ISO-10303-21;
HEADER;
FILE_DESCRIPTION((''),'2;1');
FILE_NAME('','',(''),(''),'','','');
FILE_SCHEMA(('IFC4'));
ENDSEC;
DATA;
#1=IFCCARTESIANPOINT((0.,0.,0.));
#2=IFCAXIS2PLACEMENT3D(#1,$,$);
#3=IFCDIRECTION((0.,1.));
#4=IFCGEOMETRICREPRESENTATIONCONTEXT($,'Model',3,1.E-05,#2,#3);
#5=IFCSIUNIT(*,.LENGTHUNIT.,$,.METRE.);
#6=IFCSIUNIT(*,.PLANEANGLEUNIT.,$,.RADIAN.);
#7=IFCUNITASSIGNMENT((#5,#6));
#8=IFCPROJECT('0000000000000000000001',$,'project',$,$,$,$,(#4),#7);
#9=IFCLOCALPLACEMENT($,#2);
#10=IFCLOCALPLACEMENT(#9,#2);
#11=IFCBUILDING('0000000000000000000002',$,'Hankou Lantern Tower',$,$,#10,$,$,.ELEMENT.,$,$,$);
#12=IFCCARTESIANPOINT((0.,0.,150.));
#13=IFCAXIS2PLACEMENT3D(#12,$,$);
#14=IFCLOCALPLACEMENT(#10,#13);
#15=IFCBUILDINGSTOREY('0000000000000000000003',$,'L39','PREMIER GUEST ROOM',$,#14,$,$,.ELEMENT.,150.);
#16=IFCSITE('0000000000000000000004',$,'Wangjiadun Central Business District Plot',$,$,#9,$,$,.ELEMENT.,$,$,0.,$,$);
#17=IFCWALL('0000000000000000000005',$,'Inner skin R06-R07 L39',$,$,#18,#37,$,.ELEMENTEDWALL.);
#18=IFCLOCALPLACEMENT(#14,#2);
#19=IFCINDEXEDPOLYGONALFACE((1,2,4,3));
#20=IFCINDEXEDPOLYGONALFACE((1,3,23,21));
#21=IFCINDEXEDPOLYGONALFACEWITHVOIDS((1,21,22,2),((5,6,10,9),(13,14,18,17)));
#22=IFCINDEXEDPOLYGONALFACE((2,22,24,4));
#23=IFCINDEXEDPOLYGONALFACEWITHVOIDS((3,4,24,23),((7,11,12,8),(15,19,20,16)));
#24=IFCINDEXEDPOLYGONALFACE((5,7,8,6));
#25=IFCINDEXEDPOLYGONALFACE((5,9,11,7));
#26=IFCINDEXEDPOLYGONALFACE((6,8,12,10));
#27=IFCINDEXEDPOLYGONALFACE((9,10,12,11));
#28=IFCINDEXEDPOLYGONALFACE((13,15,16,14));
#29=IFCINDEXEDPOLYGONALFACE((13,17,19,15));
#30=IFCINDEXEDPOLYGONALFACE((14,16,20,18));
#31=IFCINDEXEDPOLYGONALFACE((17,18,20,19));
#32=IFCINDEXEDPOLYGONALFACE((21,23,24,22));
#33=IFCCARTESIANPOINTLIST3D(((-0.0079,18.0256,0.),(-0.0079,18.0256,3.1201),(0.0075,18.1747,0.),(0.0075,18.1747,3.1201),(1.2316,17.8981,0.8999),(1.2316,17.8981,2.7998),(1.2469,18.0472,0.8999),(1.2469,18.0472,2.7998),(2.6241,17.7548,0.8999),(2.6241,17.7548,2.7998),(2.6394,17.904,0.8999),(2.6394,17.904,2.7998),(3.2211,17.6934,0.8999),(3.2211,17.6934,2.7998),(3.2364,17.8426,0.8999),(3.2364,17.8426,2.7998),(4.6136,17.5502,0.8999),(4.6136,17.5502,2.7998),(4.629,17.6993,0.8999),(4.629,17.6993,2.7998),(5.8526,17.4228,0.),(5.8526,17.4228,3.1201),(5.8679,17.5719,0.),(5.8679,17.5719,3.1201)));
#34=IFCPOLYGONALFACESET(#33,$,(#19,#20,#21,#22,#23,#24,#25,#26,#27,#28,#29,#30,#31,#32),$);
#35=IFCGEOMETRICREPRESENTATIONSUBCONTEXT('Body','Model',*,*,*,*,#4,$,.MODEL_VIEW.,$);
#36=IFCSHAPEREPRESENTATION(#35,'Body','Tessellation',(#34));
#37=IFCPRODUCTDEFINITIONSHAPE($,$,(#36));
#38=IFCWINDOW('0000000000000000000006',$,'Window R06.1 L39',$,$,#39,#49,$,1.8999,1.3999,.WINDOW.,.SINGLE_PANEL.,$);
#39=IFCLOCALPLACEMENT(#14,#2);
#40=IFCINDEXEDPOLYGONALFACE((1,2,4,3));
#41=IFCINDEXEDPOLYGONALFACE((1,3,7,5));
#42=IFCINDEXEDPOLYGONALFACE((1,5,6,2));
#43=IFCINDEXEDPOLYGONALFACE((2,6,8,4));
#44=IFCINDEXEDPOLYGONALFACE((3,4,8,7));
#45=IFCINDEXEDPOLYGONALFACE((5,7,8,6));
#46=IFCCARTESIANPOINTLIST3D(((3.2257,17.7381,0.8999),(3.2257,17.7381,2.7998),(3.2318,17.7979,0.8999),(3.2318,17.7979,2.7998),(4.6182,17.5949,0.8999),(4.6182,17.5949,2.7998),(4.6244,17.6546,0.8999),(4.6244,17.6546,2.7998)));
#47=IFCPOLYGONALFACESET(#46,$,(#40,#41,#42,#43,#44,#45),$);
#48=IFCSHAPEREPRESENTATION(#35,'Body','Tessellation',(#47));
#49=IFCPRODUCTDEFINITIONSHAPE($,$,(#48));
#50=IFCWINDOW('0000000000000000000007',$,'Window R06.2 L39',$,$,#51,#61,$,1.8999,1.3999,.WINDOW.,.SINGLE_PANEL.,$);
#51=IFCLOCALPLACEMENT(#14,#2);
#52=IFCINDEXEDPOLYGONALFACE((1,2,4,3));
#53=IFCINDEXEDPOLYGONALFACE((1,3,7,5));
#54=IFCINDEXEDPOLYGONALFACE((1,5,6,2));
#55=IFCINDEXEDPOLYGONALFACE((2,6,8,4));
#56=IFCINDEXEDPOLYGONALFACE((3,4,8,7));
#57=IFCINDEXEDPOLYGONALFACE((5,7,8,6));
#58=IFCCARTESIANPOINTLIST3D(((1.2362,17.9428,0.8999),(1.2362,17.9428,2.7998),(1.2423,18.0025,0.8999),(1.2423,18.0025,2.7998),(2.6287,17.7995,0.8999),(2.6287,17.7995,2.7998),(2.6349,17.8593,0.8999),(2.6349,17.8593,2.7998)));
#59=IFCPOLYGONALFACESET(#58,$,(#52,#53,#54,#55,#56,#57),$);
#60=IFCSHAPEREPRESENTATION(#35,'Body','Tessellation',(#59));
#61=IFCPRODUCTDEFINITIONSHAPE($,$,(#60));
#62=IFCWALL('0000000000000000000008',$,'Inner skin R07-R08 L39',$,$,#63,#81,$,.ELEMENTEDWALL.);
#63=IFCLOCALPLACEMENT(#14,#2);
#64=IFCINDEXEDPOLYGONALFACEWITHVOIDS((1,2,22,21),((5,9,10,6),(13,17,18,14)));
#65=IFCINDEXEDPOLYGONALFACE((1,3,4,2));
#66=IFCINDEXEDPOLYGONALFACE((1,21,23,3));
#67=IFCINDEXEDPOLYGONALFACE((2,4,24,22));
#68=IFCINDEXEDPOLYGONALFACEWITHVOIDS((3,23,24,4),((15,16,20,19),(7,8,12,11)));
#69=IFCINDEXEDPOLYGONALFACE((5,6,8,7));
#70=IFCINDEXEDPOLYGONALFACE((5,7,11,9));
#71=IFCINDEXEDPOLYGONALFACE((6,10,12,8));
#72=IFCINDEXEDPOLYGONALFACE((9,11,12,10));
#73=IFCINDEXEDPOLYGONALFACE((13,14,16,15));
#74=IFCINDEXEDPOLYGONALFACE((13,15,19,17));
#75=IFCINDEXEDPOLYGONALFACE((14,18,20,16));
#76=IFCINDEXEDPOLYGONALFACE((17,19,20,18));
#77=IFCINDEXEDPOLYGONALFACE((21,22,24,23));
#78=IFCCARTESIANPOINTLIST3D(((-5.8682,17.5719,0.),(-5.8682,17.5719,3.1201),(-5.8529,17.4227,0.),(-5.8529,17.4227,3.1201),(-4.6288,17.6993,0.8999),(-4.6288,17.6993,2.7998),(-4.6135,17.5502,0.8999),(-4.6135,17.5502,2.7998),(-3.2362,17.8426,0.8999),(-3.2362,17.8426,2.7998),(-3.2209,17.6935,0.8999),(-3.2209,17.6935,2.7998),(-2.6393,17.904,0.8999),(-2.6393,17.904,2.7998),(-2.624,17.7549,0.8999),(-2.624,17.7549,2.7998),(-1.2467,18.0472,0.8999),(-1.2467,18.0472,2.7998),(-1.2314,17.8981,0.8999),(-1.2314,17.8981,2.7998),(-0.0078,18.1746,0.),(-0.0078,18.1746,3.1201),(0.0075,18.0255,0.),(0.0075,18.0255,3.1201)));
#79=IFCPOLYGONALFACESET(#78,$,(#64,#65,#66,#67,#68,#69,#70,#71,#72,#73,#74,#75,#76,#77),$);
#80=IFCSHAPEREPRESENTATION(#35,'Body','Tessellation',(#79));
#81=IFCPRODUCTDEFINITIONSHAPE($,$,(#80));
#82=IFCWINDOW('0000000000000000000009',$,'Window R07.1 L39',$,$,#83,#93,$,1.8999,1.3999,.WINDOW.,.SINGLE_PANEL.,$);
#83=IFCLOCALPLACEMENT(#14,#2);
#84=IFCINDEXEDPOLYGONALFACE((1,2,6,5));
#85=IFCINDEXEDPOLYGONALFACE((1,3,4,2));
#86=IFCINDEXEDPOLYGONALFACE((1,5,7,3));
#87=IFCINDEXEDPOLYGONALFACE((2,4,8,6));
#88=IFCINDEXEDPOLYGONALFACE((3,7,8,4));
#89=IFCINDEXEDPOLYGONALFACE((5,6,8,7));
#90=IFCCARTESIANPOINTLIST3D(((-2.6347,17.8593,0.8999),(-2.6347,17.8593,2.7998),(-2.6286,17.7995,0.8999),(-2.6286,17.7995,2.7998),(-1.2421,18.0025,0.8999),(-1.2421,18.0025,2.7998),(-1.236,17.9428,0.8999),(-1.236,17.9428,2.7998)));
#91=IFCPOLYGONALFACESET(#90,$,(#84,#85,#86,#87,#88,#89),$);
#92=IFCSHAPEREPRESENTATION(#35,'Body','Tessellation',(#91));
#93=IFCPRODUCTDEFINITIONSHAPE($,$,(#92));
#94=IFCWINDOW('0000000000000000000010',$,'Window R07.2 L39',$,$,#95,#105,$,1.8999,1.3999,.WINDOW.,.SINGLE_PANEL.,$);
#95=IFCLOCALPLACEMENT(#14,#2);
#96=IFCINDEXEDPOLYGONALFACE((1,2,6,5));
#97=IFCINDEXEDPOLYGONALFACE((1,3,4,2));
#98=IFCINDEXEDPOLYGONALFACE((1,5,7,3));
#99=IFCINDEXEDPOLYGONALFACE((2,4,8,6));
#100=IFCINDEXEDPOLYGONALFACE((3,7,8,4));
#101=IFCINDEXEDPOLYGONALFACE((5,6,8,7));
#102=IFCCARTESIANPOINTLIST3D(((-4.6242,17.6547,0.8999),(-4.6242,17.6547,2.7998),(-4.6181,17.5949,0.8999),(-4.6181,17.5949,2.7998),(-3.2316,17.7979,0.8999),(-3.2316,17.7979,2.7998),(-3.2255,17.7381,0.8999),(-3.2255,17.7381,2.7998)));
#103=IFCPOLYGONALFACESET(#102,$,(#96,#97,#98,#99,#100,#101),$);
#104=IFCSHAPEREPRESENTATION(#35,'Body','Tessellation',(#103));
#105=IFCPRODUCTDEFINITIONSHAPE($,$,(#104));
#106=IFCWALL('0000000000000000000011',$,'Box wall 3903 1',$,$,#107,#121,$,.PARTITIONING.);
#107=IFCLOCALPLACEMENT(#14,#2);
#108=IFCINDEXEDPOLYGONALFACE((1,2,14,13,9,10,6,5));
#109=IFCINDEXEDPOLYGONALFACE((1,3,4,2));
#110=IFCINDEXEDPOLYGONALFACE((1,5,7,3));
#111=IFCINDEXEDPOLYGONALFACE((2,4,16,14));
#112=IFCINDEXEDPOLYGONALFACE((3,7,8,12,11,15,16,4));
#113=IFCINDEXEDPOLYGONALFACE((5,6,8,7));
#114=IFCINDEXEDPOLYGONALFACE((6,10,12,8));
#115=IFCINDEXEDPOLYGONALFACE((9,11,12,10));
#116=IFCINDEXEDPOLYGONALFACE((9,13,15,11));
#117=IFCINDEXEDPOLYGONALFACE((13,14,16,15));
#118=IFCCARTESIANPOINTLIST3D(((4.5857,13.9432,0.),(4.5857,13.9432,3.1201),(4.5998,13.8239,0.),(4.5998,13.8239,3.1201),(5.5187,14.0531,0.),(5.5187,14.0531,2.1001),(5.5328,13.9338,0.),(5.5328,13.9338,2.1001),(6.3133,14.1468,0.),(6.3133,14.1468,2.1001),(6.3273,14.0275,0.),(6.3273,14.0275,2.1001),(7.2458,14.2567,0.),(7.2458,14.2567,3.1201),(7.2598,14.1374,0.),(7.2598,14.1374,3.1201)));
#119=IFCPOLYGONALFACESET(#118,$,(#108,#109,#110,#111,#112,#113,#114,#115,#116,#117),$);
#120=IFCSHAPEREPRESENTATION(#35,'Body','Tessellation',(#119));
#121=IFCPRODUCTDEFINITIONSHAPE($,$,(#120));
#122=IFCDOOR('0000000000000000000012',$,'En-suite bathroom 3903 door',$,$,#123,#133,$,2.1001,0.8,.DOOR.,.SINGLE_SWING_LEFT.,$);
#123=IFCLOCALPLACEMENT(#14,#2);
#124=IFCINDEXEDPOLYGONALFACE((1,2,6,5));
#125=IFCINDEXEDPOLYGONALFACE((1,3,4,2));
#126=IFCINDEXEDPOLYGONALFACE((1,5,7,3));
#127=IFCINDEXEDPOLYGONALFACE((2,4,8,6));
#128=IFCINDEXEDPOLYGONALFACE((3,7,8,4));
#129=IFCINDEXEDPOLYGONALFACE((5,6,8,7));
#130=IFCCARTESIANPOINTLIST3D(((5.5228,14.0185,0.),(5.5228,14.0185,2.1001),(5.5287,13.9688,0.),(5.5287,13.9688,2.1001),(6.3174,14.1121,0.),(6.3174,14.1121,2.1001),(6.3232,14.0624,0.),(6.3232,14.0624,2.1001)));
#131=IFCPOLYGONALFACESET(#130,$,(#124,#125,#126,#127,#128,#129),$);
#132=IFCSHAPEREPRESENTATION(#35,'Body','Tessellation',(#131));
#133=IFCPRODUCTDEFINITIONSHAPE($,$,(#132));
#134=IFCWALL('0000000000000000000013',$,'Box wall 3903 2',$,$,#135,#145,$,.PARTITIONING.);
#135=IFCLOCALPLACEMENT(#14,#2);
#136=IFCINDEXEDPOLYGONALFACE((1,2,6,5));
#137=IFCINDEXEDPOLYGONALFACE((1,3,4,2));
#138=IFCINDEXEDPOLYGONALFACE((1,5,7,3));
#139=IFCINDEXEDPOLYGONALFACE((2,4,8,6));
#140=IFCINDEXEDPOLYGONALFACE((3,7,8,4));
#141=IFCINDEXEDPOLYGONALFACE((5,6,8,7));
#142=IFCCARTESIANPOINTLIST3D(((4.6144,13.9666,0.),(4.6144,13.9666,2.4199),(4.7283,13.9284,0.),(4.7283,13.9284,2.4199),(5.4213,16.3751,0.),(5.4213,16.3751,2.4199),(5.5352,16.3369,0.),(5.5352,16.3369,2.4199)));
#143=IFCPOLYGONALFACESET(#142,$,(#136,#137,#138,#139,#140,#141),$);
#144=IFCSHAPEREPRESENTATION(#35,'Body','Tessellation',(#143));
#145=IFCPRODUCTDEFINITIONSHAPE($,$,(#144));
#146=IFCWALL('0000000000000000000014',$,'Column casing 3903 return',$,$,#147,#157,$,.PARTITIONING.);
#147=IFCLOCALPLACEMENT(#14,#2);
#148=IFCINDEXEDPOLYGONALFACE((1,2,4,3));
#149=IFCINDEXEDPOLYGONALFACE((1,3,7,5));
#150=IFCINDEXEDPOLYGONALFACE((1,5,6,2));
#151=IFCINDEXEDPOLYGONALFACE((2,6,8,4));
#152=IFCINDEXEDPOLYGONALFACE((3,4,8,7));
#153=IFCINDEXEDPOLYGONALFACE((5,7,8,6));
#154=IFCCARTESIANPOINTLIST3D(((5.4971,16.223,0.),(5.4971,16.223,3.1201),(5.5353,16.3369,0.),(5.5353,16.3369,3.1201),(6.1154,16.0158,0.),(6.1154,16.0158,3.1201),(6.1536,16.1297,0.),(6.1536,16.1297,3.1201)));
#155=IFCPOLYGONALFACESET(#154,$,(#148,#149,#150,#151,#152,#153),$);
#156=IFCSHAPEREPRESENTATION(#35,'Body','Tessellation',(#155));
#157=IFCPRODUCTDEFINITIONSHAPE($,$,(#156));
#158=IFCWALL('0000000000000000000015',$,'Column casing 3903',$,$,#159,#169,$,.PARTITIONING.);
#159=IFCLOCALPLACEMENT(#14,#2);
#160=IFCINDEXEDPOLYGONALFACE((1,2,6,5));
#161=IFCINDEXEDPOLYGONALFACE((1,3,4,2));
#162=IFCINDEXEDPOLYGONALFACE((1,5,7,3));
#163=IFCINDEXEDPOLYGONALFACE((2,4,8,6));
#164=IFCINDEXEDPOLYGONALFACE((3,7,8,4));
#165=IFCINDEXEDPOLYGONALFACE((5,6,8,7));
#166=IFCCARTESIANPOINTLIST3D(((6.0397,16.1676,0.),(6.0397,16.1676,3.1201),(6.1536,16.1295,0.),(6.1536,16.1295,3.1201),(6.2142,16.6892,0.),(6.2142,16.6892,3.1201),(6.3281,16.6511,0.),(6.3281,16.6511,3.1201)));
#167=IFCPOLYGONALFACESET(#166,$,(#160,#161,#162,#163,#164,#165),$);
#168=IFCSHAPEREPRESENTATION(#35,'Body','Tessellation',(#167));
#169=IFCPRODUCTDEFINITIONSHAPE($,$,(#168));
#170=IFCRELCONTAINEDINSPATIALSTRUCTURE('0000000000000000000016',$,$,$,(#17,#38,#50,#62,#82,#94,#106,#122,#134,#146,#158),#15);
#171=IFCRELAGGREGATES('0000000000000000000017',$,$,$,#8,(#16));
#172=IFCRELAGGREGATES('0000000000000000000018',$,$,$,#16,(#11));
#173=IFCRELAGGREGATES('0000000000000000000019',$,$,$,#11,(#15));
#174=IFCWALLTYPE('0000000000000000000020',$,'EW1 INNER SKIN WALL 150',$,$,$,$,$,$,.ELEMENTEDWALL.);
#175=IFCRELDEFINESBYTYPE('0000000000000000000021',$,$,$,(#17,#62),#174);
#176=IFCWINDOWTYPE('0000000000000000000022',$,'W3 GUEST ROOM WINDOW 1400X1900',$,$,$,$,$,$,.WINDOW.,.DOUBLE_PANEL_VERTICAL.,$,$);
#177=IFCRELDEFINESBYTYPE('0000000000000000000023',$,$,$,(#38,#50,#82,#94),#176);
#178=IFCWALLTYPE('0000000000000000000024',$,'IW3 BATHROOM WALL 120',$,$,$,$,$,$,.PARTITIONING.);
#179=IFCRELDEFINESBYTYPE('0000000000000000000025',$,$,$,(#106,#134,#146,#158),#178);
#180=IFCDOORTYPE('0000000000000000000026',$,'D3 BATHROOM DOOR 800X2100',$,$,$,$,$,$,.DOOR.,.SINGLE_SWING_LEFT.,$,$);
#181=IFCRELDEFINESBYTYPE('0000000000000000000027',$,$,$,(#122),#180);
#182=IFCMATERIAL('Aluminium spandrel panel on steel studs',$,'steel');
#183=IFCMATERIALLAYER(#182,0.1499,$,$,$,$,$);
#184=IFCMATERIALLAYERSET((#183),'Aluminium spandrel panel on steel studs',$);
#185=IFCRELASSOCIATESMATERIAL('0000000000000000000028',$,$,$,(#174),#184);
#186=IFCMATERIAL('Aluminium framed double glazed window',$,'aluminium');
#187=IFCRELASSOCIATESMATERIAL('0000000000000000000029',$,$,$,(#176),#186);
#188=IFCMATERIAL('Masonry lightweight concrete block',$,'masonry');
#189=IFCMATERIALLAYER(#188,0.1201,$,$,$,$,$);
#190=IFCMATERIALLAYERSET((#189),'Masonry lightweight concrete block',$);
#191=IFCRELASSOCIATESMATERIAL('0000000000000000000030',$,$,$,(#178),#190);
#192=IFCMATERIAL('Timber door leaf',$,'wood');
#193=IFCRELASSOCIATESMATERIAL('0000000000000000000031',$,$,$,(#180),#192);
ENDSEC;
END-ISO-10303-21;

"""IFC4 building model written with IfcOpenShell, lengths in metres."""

from ifc_helpers import new_model, si_unit, direction, frame, frame_2d, origin, place, context, subcontext, project, spatial, rectangle, extrude, material, layer, layer_set, type_object, element, fill, save


model = new_model("IFC4")

# Units and contexts
model_context = context("Model", 3, precision=1e-05, world=origin(), true_north=direction((0.0, 1.0)))
body_context = subcontext(model_context, "Body", "Model", "MODEL_VIEW")
ifc_project = project(units=[si_unit("LENGTHUNIT", "METRE"), si_unit("PLANEANGLEUNIT", "RADIAN")], contexts=[model_context])

# Site, building, storey
site_placement = place(None, origin())
site = spatial("IfcSite", under=ifc_project, at=site_placement, Name="Wangjiadun Central Business District Plot", CompositionType="ELEMENT", RefElevation=0.0)
building_placement = place(site_placement, origin())
building = spatial("IfcBuilding", under=site, at=building_placement, Name="Hankou Lantern Tower", CompositionType="ELEMENT")
storey_placement = place(building_placement, frame((0.0, 0.0, 150.0)))
storey = spatial("IfcBuildingStorey", under=building, at=storey_placement, Name="L39", Description="PREMIER GUEST ROOM", CompositionType="ELEMENT", Elevation=150.0)

# Walls, openings, windows
ifc_material_1 = material(Name="Aluminium spandrel panel on steel studs", Category="steel")
ifc_layer_1 = layer(ifc_material_1, 0.1499)
ifc_layer_set_1 = layer_set([ifc_layer_1], Name="Aluminium spandrel panel on steel studs")
wall_type_1 = type_object("IfcWallType", Name="EW1 INNER SKIN WALL 150", PredefinedType="ELEMENTEDWALL", material=ifc_layer_set_1)
ifc_material_2 = material(Name="Aluminium framed double glazed window", Category="aluminium")
window_type = type_object("IfcWindowType", Name="W3 GUEST ROOM WINDOW 1400X1900", PartitioningType="DOUBLE_PANEL_VERTICAL", PredefinedType="WINDOW", material=ifc_material_2)
wall_1_placement = place(storey_placement, frame((5.8604, 17.4973, 0.0), z_axis=(0.0, 0.0, 1.0), x_axis=(-0.994752, 0.102318, 0.0)))
wall_1 = element("IfcWall", 1, at=wall_1_placement, inside=storey, type_object=wall_type_1, Name="Inner skin R06-R07 L39", PredefinedType="ELEMENTEDWALL", context=body_context, shape_type="SweptSolid", body=[
    extrude(rectangle(XDim=5.8914, YDim=0.1499, at=frame_2d((2.9458, 0.0))), origin(), (0.0, 0.0, 1.0), 3.1201),
])
opening_1_placement = place(wall_1_placement, frame((1.2456, 0.0, 0.8999)))
opening_1 = element("IfcOpeningElement", 2, at=opening_1_placement, cuts=wall_1, PredefinedType="OPENING", context=body_context, shape_type="SweptSolid", body=[
    extrude(rectangle(XDim=1.3999, YDim=1.8999, at=frame_2d((0.7, 0.95))), frame((0.0, 0.085, 0.0), z_axis=(0.0, -1.0, 0.0), x_axis=(1.0, 0.0, 0.0)), (0.0, 0.0, 1.0), 0.1699),
])
opening_2_placement = place(wall_1_placement, frame((3.2456, 0.0, 0.8999)))
opening_2 = element("IfcOpeningElement", 3, at=opening_2_placement, cuts=wall_1, PredefinedType="OPENING", context=body_context, shape_type="SweptSolid", body=[
    extrude(rectangle(XDim=1.3999, YDim=1.8999, at=frame_2d((0.7, 0.95))), frame((0.0, 0.085, 0.0), z_axis=(0.0, -1.0, 0.0), x_axis=(1.0, 0.0, 0.0)), (0.0, 0.0, 1.0), 0.1699),
])
window_1_placement = place(opening_1_placement, origin())
window_1 = element("IfcWindow", 4, at=window_1_placement, inside=storey, type_object=window_type, Name="Window R06.1 L39", OverallHeight=1.8999, OverallWidth=1.3999, PartitioningType="SINGLE_PANEL", PredefinedType="WINDOW", context=body_context, shape_type="SweptSolid", body=[
    extrude(rectangle(XDim=1.3999, YDim=1.8999, at=frame_2d((0.7, 0.95))), frame((0.0, 0.03, 0.0), z_axis=(0.0, -1.0, 0.0), x_axis=(1.0, 0.0, 0.0)), (0.0, 0.0, 1.0), 0.0601),
])
fill(opening_1, window_1)
window_2_placement = place(opening_2_placement, origin())
window_2 = element("IfcWindow", 5, at=window_2_placement, inside=storey, type_object=window_type, Name="Window R06.2 L39", OverallHeight=1.8999, OverallWidth=1.3999, PartitioningType="SINGLE_PANEL", PredefinedType="WINDOW", context=body_context, shape_type="SweptSolid", body=[
    extrude(rectangle(XDim=1.3999, YDim=1.8999, at=frame_2d((0.7, 0.95))), frame((0.0, 0.03, 0.0), z_axis=(0.0, -1.0, 0.0), x_axis=(1.0, 0.0, 0.0)), (0.0, 0.0, 1.0), 0.0601),
])
fill(opening_2, window_2)
wall_2_placement = place(storey_placement, frame((0.0, 18.1001, 0.0), z_axis=(0.0, 0.0, 1.0), x_axis=(-0.994752, -0.102318, 0.0)))
wall_2 = element("IfcWall", 6, at=wall_2_placement, inside=storey, type_object=wall_type_1, Name="Inner skin R07-R08 L39", PredefinedType="ELEMENTEDWALL", context=body_context, shape_type="SweptSolid", body=[
    extrude(rectangle(XDim=5.8914, YDim=0.1499, at=frame_2d((2.9458, 0.0))), origin(), (0.0, 0.0, 1.0), 3.1201),
])
opening_3_placement = place(wall_2_placement, frame((1.2456, 0.0, 0.8999)))
opening_3 = element("IfcOpeningElement", 7, at=opening_3_placement, cuts=wall_2, PredefinedType="OPENING", context=body_context, shape_type="SweptSolid", body=[
    extrude(rectangle(XDim=1.3999, YDim=1.8999, at=frame_2d((0.7, 0.95))), frame((0.0, 0.085, 0.0), z_axis=(0.0, -1.0, 0.0), x_axis=(1.0, 0.0, 0.0)), (0.0, 0.0, 1.0), 0.1699),
])
opening_4_placement = place(wall_2_placement, frame((3.2456, 0.0, 0.8999)))
opening_4 = element("IfcOpeningElement", 8, at=opening_4_placement, cuts=wall_2, PredefinedType="OPENING", context=body_context, shape_type="SweptSolid", body=[
    extrude(rectangle(XDim=1.3999, YDim=1.8999, at=frame_2d((0.7, 0.95))), frame((0.0, 0.085, 0.0), z_axis=(0.0, -1.0, 0.0), x_axis=(1.0, 0.0, 0.0)), (0.0, 0.0, 1.0), 0.1699),
])
window_3_placement = place(opening_3_placement, origin())
window_3 = element("IfcWindow", 9, at=window_3_placement, inside=storey, type_object=window_type, Name="Window R07.1 L39", OverallHeight=1.8999, OverallWidth=1.3999, PartitioningType="SINGLE_PANEL", PredefinedType="WINDOW", context=body_context, shape_type="SweptSolid", body=[
    extrude(rectangle(XDim=1.3999, YDim=1.8999, at=frame_2d((0.7, 0.95))), frame((0.0, 0.03, 0.0), z_axis=(0.0, -1.0, 0.0), x_axis=(1.0, 0.0, 0.0)), (0.0, 0.0, 1.0), 0.0601),
])
fill(opening_3, window_3)
window_4_placement = place(opening_4_placement, origin())
window_4 = element("IfcWindow", 10, at=window_4_placement, inside=storey, type_object=window_type, Name="Window R07.2 L39", OverallHeight=1.8999, OverallWidth=1.3999, PartitioningType="SINGLE_PANEL", PredefinedType="WINDOW", context=body_context, shape_type="SweptSolid", body=[
    extrude(rectangle(XDim=1.3999, YDim=1.8999, at=frame_2d((0.7, 0.95))), frame((0.0, 0.03, 0.0), z_axis=(0.0, -1.0, 0.0), x_axis=(1.0, 0.0, 0.0)), (0.0, 0.0, 1.0), 0.0601),
])
fill(opening_4, window_4)

# Wall, opening, door
ifc_material_3 = material(Name="Masonry lightweight concrete block", Category="masonry")
ifc_layer_2 = layer(ifc_material_3, 0.1201)
ifc_layer_set_2 = layer_set([ifc_layer_2], Name="Masonry lightweight concrete block")
wall_type_2 = type_object("IfcWallType", Name="IW3 BATHROOM WALL 120", PredefinedType="PARTITIONING", material=ifc_layer_set_2)
wall_3_placement = place(storey_placement, frame((7.2529, 14.197, 0.0), z_axis=(0.0, 0.0, 1.0), x_axis=(-0.993128, -0.117032, 0.0)))
wall_3 = element("IfcWall", 11, at=wall_3_placement, inside=storey, type_object=wall_type_2, Name="Box wall 3903 1", PredefinedType="PARTITIONING", context=body_context, shape_type="SweptSolid", body=[
    extrude(rectangle(XDim=2.6785, YDim=0.1201, at=frame_2d((1.3394, 0.0))), origin(), (0.0, 0.0, 1.0), 3.1201),
])
opening_5_placement = place(wall_3_placement, frame((0.9392, 0.0, 0.0)))
opening_5 = element("IfcOpeningElement", 12, at=opening_5_placement, cuts=wall_3, PredefinedType="OPENING", context=body_context, shape_type="SweptSolid", body=[
    extrude(rectangle(XDim=0.8, YDim=2.1001, at=frame_2d((0.3999, 1.05))), frame((0.0, 0.0701, 0.0), z_axis=(0.0, -1.0, 0.0), x_axis=(1.0, 0.0, 0.0)), (0.0, 0.0, 1.0), 0.1401),
])
ifc_material_4 = material(Name="Timber door leaf", Category="wood")
door_type = type_object("IfcDoorType", Name="D3 BATHROOM DOOR 800X2100", OperationType="SINGLE_SWING_LEFT", PredefinedType="DOOR", material=ifc_material_4)
door_placement = place(opening_5_placement, origin())
door = element("IfcDoor", 13, at=door_placement, inside=storey, type_object=door_type, Name="En-suite bathroom 3903 door", OperationType="SINGLE_SWING_LEFT", OverallHeight=2.1001, OverallWidth=0.8, PredefinedType="DOOR", context=body_context, shape_type="SweptSolid", body=[
    extrude(rectangle(XDim=0.8, YDim=2.1001, at=frame_2d((0.3999, 1.05))), frame((0.0, 0.0249, 0.0), z_axis=(0.0, -1.0, 0.0), x_axis=(1.0, 0.0, 0.0)), (0.0, 0.0, 1.0), 0.05),
])
fill(opening_5, door)

# Walls
wall_4_placement = place(storey_placement, frame((4.6714, 13.9475, 0.0), z_axis=(0.0, 0.0, 1.0), x_axis=(0.317669, 0.948202, 0.0)))
element("IfcWall", 14, at=wall_4_placement, inside=storey, type_object=wall_type_2, Name="Box wall 3903 2", PredefinedType="PARTITIONING", context=body_context, shape_type="SweptSolid", body=[
    extrude(rectangle(XDim=2.54, YDim=0.1201, at=frame_2d((1.27, 0.0))), origin(), (0.0, 0.0, 1.0), 2.4199),
])
wall_5_placement = place(storey_placement, frame((5.5161, 16.28, 0.0), z_axis=(0.0, 0.0, 1.0), x_axis=(0.948158, -0.317799, 0.0)))
element("IfcWall", 15, at=wall_5_placement, inside=storey, type_object=wall_type_2, Name="Column casing 3903 return", PredefinedType="PARTITIONING", context=body_context, shape_type="SweptSolid", body=[
    extrude(rectangle(XDim=0.6521, YDim=0.1201, at=frame_2d((0.3262, 0.0))), origin(), (0.0, 0.0, 1.0), 3.1201),
])
wall_6_placement = place(storey_placement, frame((6.0967, 16.1487, 0.0), z_axis=(0.0, 0.0, 1.0), x_axis=(0.317293, 0.948328, 0.0)))
element("IfcWall", 16, at=wall_6_placement, inside=storey, type_object=wall_type_2, Name="Column casing 3903", PredefinedType="PARTITIONING", context=body_context, shape_type="SweptSolid", body=[
    extrude(rectangle(XDim=0.55, YDim=0.1201, at=frame_2d((0.2749, 0.0))), origin(), (0.0, 0.0, 1.0), 3.1201),
])

save(model, "model.ifc")
